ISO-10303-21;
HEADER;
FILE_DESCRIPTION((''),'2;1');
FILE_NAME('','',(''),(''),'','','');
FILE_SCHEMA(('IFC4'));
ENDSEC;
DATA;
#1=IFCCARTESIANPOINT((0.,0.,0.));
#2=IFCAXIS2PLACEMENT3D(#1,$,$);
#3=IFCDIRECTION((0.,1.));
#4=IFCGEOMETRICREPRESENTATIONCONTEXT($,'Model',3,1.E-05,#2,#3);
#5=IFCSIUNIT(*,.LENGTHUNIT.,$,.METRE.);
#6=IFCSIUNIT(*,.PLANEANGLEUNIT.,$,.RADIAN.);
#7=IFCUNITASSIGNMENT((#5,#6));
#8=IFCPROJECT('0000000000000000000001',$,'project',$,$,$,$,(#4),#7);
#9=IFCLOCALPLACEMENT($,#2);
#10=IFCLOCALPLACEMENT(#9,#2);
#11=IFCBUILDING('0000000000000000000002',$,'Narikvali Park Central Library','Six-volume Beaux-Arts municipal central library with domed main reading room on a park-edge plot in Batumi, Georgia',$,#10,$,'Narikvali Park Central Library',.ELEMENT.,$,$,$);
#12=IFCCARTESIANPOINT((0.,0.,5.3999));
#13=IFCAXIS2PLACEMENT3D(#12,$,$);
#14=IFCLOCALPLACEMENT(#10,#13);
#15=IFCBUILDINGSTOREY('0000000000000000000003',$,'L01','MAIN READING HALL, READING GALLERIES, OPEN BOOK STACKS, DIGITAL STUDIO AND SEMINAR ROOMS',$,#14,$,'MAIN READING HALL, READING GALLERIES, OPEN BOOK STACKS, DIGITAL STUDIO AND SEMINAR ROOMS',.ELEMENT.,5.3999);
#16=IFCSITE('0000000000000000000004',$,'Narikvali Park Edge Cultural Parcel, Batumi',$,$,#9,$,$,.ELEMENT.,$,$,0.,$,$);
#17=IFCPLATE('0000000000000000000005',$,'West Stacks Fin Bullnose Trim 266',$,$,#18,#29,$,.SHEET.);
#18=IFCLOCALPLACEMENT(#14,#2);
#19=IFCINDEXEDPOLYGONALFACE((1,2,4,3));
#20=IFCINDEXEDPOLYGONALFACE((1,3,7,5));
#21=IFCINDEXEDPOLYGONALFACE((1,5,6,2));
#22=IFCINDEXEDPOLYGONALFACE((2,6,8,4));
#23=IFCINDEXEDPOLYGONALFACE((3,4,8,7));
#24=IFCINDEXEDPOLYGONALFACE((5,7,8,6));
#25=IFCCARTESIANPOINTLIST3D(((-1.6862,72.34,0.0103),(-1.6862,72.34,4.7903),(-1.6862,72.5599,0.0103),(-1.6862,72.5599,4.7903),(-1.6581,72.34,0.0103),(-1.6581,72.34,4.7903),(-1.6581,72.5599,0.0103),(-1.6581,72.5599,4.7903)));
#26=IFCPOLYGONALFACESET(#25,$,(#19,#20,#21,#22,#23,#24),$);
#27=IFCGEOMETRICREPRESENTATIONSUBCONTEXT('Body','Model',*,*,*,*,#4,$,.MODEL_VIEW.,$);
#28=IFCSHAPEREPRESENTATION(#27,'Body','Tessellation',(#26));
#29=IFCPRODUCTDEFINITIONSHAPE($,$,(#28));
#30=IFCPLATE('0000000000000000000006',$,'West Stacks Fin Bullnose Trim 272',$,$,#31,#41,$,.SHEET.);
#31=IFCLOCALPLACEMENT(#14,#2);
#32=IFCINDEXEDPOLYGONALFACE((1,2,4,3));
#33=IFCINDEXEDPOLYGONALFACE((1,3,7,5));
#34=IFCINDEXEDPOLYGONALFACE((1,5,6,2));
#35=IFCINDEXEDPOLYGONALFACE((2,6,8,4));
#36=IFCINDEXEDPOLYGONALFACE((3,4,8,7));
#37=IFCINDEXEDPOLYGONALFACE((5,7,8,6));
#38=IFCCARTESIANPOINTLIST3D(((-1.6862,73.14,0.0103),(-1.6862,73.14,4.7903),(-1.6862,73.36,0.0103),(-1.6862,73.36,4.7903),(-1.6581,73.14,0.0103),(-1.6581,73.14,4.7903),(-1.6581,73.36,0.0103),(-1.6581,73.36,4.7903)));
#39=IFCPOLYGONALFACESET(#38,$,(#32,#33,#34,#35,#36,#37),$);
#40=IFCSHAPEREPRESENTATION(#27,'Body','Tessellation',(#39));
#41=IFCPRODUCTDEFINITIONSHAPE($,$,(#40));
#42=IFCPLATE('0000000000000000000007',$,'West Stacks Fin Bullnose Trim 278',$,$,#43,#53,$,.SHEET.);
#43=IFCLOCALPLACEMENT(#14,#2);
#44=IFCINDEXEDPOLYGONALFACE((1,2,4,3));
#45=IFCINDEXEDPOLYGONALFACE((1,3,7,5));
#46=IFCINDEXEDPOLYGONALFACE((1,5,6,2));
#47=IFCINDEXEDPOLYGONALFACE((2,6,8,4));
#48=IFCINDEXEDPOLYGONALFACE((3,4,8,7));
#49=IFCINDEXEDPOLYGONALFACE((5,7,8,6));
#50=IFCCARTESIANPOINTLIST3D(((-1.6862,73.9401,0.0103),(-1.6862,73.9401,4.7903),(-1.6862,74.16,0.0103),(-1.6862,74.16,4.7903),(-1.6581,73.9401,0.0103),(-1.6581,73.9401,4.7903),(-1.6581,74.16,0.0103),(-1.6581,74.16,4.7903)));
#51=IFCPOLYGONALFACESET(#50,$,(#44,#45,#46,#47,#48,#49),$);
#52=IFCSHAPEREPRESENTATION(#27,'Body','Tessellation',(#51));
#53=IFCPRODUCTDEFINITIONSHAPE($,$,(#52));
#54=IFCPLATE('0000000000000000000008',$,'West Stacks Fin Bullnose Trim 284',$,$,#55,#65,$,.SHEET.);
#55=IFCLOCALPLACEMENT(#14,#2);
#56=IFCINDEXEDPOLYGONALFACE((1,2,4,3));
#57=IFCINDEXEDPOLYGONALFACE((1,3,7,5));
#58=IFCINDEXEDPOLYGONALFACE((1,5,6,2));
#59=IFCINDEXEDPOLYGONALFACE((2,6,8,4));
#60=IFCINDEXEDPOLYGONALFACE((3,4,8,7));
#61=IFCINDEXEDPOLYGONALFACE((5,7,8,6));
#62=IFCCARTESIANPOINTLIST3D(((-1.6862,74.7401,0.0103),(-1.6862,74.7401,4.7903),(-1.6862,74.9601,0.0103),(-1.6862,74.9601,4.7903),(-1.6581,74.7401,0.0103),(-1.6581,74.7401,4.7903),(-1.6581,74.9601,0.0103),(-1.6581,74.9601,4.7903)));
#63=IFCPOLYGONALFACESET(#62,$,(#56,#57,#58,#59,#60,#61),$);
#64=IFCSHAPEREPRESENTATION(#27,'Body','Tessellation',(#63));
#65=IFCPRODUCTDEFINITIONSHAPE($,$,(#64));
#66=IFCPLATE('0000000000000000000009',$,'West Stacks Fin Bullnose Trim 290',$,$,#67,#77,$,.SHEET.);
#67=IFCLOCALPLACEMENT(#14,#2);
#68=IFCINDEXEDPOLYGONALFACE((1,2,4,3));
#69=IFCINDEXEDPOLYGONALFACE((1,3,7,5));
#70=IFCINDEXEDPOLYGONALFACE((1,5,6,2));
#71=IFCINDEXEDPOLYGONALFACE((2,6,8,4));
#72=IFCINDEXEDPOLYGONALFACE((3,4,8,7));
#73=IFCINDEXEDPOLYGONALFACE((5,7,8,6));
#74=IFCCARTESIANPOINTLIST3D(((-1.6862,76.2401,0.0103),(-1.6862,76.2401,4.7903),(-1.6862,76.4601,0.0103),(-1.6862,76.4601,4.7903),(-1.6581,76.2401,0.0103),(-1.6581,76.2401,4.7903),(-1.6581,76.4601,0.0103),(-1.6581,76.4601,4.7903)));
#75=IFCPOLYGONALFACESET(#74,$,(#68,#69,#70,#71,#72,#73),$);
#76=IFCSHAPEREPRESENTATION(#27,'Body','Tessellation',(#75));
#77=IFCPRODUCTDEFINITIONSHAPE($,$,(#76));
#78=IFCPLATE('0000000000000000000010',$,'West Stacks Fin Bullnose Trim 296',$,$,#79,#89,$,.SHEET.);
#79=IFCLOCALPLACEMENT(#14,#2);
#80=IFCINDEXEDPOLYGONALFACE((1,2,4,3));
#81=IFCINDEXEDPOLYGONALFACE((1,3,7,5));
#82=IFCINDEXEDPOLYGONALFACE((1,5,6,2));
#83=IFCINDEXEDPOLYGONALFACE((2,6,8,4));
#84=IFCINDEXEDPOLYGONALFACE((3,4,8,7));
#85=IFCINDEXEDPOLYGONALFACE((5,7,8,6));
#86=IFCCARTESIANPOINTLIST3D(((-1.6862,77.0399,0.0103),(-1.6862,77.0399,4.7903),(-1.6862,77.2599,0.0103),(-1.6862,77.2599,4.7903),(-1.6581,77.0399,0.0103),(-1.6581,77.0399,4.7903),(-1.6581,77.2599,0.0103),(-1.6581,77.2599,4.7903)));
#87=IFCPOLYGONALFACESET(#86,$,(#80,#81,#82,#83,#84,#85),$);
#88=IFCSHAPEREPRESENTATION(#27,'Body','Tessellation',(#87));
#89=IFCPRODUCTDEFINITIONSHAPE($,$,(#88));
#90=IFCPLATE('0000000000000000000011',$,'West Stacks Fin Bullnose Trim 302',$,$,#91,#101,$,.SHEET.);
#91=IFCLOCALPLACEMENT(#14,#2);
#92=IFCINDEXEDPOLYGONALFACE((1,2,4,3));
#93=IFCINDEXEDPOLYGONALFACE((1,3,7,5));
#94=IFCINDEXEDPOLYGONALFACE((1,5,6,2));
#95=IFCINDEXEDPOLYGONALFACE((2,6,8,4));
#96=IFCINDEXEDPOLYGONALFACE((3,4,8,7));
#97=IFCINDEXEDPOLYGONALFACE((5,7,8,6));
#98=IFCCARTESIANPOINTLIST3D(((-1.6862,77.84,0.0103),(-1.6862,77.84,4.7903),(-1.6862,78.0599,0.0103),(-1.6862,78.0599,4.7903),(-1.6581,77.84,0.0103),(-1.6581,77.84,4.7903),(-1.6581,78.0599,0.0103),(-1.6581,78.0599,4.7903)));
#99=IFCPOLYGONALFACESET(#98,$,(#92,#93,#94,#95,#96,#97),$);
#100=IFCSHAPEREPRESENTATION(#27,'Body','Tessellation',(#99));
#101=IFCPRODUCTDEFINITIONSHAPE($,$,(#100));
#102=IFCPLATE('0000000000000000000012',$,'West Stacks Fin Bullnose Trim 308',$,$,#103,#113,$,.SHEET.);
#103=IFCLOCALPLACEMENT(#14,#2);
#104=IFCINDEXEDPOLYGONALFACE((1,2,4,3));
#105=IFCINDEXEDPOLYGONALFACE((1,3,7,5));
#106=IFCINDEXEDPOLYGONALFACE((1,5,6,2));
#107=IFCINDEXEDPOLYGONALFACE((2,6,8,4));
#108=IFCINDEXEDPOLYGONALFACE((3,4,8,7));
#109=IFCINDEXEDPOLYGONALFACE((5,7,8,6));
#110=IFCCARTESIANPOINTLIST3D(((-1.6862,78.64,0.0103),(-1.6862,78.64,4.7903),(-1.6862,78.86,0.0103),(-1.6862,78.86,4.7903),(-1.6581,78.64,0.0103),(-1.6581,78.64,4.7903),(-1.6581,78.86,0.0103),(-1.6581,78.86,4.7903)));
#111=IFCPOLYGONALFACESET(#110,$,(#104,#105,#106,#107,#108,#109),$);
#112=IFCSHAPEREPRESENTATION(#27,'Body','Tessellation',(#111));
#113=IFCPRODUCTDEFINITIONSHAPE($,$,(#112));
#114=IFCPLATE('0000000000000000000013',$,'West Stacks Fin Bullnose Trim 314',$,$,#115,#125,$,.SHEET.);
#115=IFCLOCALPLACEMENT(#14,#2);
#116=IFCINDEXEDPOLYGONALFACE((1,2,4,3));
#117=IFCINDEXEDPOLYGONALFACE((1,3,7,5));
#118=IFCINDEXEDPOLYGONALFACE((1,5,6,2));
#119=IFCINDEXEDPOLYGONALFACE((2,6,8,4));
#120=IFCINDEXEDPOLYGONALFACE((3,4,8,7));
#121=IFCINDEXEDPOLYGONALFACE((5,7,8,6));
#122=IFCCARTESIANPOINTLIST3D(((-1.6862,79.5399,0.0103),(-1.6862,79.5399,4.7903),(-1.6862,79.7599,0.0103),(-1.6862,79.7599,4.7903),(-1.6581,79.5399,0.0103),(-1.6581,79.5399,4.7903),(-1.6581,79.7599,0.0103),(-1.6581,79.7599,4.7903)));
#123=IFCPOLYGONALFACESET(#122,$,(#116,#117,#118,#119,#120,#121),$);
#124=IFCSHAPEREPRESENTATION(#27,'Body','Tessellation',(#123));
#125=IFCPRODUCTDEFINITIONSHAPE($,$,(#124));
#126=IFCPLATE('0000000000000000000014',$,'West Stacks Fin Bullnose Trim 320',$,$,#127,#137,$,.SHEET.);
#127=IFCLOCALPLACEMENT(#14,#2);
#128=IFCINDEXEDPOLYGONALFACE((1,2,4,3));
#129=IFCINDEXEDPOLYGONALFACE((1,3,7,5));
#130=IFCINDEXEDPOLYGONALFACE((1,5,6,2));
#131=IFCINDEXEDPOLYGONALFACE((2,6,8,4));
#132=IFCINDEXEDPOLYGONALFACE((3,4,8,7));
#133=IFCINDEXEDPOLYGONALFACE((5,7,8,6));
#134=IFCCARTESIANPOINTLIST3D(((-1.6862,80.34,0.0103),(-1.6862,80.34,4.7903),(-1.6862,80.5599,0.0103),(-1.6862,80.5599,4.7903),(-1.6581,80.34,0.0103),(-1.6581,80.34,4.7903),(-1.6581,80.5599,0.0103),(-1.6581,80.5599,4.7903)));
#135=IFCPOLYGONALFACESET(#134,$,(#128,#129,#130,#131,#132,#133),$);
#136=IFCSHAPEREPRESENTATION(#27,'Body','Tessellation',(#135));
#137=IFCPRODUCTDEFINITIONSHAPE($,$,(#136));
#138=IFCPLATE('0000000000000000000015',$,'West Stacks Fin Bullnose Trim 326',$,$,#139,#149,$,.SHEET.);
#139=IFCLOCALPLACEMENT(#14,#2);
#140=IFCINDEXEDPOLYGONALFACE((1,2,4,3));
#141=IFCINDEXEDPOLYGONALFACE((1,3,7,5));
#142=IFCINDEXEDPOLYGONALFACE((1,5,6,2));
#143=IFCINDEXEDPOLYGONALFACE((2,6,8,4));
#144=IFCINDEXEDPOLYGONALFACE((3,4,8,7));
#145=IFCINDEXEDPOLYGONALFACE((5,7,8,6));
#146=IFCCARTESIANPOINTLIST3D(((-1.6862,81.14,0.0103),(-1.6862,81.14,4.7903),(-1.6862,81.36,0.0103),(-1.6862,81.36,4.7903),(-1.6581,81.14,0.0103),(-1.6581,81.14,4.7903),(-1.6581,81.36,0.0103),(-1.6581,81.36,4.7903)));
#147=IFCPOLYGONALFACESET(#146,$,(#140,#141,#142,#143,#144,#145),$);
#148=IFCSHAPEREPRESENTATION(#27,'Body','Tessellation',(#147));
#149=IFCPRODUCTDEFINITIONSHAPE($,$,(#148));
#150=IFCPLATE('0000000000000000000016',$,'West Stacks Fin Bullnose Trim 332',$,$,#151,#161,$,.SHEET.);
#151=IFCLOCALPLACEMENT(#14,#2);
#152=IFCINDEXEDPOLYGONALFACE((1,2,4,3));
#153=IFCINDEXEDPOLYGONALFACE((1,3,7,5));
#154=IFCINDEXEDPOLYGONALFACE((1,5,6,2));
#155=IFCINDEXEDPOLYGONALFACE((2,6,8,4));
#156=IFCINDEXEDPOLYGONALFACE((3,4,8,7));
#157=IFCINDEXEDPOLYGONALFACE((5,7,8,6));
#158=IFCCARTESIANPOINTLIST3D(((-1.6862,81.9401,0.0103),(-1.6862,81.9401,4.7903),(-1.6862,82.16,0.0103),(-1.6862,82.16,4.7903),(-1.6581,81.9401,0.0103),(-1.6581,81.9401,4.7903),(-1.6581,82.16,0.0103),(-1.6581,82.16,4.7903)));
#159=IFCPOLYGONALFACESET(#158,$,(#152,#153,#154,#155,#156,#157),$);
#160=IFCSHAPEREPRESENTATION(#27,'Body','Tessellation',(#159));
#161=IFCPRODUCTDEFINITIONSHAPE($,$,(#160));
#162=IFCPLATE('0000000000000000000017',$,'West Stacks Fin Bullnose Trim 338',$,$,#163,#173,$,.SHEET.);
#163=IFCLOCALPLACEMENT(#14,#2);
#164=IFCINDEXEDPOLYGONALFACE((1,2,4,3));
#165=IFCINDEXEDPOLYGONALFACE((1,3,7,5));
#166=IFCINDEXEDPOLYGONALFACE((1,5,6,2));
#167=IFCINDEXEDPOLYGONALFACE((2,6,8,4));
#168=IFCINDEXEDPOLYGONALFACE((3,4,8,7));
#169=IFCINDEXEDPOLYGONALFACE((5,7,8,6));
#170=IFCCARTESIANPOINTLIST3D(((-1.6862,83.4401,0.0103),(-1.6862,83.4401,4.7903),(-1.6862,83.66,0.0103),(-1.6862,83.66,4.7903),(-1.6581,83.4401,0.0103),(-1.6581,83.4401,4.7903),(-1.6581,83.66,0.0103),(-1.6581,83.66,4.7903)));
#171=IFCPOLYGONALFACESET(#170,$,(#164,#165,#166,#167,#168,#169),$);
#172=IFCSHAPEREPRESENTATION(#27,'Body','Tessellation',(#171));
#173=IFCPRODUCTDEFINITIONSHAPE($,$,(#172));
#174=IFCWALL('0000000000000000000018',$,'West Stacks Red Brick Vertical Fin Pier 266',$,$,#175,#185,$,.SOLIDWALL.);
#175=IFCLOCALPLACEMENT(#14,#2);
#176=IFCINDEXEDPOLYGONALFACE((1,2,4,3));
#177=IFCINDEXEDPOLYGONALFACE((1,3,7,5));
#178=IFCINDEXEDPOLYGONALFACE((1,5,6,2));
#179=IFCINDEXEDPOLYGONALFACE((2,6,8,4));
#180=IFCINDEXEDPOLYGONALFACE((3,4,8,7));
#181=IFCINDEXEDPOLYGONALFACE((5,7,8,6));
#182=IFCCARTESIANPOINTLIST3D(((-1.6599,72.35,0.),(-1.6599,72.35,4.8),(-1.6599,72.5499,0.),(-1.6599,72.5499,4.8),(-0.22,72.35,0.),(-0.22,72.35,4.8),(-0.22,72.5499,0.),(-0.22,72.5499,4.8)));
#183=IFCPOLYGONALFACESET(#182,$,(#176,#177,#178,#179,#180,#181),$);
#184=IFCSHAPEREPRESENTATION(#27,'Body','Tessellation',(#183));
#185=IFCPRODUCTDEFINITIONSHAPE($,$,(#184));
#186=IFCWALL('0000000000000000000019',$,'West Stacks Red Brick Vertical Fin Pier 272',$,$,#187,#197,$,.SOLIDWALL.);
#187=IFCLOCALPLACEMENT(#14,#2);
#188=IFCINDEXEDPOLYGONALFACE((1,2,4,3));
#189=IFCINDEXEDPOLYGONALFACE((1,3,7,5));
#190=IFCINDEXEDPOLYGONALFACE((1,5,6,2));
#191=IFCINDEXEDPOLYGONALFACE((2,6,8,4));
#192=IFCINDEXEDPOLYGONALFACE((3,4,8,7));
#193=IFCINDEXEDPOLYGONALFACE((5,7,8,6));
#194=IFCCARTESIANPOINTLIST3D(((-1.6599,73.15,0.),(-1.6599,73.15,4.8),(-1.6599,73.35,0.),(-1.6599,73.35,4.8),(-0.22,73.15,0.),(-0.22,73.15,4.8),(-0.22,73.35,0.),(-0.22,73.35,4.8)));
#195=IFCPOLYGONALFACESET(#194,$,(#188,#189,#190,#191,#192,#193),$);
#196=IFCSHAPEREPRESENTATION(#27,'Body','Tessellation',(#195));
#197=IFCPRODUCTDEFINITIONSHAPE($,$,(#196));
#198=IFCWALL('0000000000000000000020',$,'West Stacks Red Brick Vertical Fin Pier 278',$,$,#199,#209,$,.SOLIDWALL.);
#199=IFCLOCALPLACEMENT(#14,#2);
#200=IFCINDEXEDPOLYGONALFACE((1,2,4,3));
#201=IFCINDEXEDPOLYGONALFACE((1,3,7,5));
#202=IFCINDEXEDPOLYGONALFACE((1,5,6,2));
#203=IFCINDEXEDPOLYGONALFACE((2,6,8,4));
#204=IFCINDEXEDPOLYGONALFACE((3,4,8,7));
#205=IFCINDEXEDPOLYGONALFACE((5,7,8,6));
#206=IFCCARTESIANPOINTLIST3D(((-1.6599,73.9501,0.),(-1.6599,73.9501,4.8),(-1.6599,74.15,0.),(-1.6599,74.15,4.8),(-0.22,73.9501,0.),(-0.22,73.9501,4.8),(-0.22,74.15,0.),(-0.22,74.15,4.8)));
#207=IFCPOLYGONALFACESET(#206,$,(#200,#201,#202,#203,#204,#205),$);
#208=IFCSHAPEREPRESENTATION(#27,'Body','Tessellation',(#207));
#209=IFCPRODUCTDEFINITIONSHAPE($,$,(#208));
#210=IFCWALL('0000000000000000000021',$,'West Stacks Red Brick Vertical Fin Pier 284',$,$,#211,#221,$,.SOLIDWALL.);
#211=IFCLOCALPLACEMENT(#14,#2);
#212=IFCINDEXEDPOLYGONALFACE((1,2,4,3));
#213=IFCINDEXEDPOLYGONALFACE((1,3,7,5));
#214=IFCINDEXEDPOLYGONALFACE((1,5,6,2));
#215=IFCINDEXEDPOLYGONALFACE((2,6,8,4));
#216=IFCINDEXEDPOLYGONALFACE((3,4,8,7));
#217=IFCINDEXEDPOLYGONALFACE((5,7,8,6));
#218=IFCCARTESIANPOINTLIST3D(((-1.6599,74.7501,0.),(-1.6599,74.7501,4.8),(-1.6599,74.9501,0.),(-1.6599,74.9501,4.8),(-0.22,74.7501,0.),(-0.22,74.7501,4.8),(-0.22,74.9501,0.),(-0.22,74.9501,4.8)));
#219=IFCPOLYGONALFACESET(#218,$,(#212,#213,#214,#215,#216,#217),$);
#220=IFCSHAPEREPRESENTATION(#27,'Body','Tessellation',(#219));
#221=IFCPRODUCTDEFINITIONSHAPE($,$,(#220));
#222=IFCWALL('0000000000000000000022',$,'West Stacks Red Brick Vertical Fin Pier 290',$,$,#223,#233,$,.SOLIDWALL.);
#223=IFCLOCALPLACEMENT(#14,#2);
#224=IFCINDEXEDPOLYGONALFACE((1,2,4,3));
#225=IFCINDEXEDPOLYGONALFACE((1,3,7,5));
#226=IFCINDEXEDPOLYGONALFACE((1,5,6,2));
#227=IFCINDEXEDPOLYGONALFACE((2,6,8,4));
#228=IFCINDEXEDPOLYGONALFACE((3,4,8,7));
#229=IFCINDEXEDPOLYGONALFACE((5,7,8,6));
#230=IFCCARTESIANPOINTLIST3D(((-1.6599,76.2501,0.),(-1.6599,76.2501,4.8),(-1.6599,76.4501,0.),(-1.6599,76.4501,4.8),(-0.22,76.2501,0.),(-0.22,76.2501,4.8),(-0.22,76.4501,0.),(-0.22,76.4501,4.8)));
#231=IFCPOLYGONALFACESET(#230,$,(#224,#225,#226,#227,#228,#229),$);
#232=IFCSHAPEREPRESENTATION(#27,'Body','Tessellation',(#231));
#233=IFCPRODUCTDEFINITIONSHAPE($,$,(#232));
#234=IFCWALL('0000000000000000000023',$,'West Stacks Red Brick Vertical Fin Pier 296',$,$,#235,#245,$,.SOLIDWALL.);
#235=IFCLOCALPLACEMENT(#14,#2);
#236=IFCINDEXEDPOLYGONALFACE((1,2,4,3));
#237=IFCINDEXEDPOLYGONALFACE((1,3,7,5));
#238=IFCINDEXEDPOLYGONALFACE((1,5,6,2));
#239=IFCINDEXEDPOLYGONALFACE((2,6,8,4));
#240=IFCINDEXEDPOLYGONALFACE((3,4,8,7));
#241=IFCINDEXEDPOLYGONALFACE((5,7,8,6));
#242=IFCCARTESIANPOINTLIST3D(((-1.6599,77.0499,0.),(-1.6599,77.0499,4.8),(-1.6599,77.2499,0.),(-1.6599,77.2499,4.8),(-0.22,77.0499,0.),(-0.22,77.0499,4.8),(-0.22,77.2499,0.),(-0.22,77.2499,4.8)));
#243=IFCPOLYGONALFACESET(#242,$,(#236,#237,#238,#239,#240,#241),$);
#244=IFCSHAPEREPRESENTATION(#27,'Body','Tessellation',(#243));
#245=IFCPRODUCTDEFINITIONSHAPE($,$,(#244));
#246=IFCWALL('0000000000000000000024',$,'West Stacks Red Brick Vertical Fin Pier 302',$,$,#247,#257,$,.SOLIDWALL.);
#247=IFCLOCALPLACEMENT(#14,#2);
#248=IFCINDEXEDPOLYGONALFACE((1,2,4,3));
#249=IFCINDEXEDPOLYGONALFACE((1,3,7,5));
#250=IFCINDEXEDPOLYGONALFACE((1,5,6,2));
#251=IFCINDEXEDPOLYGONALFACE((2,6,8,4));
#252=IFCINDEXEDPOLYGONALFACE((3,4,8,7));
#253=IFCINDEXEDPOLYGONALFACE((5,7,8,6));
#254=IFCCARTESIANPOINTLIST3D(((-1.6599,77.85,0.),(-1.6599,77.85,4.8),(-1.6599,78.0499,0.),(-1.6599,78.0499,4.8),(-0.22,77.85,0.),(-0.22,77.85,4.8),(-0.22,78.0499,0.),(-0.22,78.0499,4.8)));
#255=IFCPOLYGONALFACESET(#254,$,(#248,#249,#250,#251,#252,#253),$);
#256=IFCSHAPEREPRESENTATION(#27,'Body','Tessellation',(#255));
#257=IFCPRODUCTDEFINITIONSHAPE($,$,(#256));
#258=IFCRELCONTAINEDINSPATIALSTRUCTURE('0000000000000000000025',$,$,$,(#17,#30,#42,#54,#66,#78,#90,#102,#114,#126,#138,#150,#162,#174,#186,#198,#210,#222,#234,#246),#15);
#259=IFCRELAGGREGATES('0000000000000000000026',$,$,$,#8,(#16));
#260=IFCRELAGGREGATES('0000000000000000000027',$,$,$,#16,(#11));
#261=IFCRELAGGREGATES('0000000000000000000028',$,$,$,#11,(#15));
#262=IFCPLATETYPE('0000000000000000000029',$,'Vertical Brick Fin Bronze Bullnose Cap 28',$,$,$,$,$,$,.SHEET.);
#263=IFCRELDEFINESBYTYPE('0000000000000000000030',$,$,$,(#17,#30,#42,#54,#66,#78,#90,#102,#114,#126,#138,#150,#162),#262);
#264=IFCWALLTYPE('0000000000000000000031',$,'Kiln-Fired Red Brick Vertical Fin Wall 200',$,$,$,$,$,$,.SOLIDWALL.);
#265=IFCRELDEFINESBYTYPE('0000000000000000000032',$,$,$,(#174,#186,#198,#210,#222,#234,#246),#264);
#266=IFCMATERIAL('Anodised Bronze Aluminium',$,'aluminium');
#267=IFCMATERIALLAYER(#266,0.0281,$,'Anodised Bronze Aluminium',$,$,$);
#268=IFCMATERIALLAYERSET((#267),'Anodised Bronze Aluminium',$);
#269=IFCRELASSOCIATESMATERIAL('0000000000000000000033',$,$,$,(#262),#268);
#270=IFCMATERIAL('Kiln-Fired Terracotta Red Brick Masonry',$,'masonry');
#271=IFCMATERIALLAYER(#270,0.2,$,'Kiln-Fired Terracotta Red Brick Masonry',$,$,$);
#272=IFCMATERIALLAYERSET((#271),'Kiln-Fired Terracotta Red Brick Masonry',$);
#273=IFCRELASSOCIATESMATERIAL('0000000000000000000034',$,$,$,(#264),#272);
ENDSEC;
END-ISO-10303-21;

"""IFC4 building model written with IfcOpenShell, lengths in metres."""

from ifc_helpers import new_model, si_unit, direction, frame, frame_2d, origin, origin_2d, place, context, subcontext, project, spatial, rectangle, extrude, material, layer, layer_set, type_object, element, save


model = new_model("IFC4")

# Units and contexts
model_context = context("Model", 3, precision=1e-05, world=origin(), true_north=direction((0.0, 1.0)))
body_context = subcontext(model_context, "Body", "Model", "MODEL_VIEW")
ifc_project = project(units=[si_unit("LENGTHUNIT", "METRE"), si_unit("PLANEANGLEUNIT", "RADIAN")], contexts=[model_context])

# Site, building, storey
site_placement = place(None, origin())
site = spatial("IfcSite", under=ifc_project, at=site_placement, Name="Narikvali Park Edge Cultural Parcel, Batumi", CompositionType="ELEMENT", RefElevation=0.0)
building_placement = place(site_placement, origin())
building = spatial("IfcBuilding", under=site, at=building_placement, Name="Narikvali Park Central Library", Description="Six-volume Beaux-Arts municipal central library with domed main reading room on a park-edge plot in Batumi, Georgia", LongName="Narikvali Park Central Library", CompositionType="ELEMENT")
storey_placement = place(building_placement, frame((0.0, 0.0, 5.3999)))
storey = spatial("IfcBuildingStorey", under=building, at=storey_placement, Name="L01", Description="MAIN READING HALL, READING GALLERIES, OPEN BOOK STACKS, DIGITAL STUDIO AND SEMINAR ROOMS", LongName="MAIN READING HALL, READING GALLERIES, OPEN BOOK STACKS, DIGITAL STUDIO AND SEMINAR ROOMS", CompositionType="ELEMENT", Elevation=5.3999)

# Plates
ifc_material_1 = material(Name="Anodised Bronze Aluminium", Category="aluminium")
ifc_layer_1 = layer(ifc_material_1, 0.0281, Name="Anodised Bronze Aluminium")
ifc_layer_set_1 = layer_set([ifc_layer_1], Name="Anodised Bronze Aluminium")
plate_type = type_object("IfcPlateType", Name="Vertical Brick Fin Bronze Bullnose Cap 28", PredefinedType="SHEET", material=ifc_layer_set_1)
for number, where, z_axis, x_axis, name in (
    (1, (-1.6721, 72.45, 0.0103), (0.0, 0.0, 1.0), (1.0, 0.0, 0.0), "West Stacks Fin Bullnose Trim 266"),
    (2, (-1.6721, 73.25, 0.0103), (0.0, 0.0, 1.0), (1.0, 0.0, 0.0), "West Stacks Fin Bullnose Trim 272"),
    (3, (-1.6721, 74.05, 0.0103), (0.0, 0.0, 1.0), (1.0, 0.0, 0.0), "West Stacks Fin Bullnose Trim 278"),
    (4, (-1.6721, 74.8501, 0.0103), (0.0, 0.0, 1.0), (1.0, 0.0, 0.0), "West Stacks Fin Bullnose Trim 284"),
    (5, (-1.6721, 76.3501, 0.0103), (0.0, 0.0, 1.0), (1.0, 0.0, 0.0), "West Stacks Fin Bullnose Trim 290"),
    (6, (-1.6721, 77.1499, 0.0103), (0.0, 0.0, 1.0), (1.0, 0.0, 0.0), "West Stacks Fin Bullnose Trim 296"),
    (7, (-1.6721, 77.95, 0.0103), (0.0, 0.0, 1.0), (1.0, 0.0, 0.0), "West Stacks Fin Bullnose Trim 302"),
    (8, (-1.6721, 78.75, 0.0103), (0.0, 0.0, 1.0), (1.0, 0.0, 0.0), "West Stacks Fin Bullnose Trim 308"),
    (9, (-1.6721, 79.6499, 0.0103), (0.0, 0.0, 1.0), (1.0, 0.0, 0.0), "West Stacks Fin Bullnose Trim 314"),
    (10, (-1.6721, 80.45, 0.0103), (0.0, 0.0, 1.0), (1.0, 0.0, 0.0), "West Stacks Fin Bullnose Trim 320"),
    (11, (-1.6721, 81.25, 0.0103), (0.0, 0.0, 1.0), (1.0, 0.0, 0.0), "West Stacks Fin Bullnose Trim 326"),
    (12, (-1.6721, 82.05, 0.0103), (0.0, 0.0, 1.0), (1.0, 0.0, 0.0), "West Stacks Fin Bullnose Trim 332"),
    (13, (-1.6721, 83.55, 0.0103), (0.0, 0.0, 1.0), (1.0, 0.0, 0.0), "West Stacks Fin Bullnose Trim 338"),
):
    element("IfcPlate", number, at=place(storey_placement, frame(where, z_axis=z_axis, x_axis=x_axis)), inside=storey, type_object=plate_type, Name=name, PredefinedType="SHEET", context=body_context, shape_type="SweptSolid", body=[
        extrude(rectangle(XDim=0.0281, YDim=0.22, at=origin_2d()), origin(), (0.0, 0.0, 1.0), 4.78),
    ])

# Walls
ifc_material_2 = material(Name="Kiln-Fired Terracotta Red Brick Masonry", Category="masonry")
ifc_layer_2 = layer(ifc_material_2, 0.2, Name="Kiln-Fired Terracotta Red Brick Masonry")
ifc_layer_set_2 = layer_set([ifc_layer_2], Name="Kiln-Fired Terracotta Red Brick Masonry")
wall_type = type_object("IfcWallType", Name="Kiln-Fired Red Brick Vertical Fin Wall 200", PredefinedType="SOLIDWALL", material=ifc_layer_set_2)
for number, where, z_axis, x_axis, name in (
    (14, (-1.6599, 72.45, 0.0), (0.0, 0.0, 1.0), (1.0, 0.0, 0.0), "West Stacks Red Brick Vertical Fin Pier 266"),
    (15, (-1.6599, 73.25, 0.0), (0.0, 0.0, 1.0), (1.0, 0.0, 0.0), "West Stacks Red Brick Vertical Fin Pier 272"),
    (16, (-1.6599, 74.05, 0.0), (0.0, 0.0, 1.0), (1.0, 0.0, 0.0), "West Stacks Red Brick Vertical Fin Pier 278"),
    (17, (-1.6599, 74.8501, 0.0), (0.0, 0.0, 1.0), (1.0, 0.0, 0.0), "West Stacks Red Brick Vertical Fin Pier 284"),
    (18, (-1.6599, 76.3501, 0.0), (0.0, 0.0, 1.0), (1.0, 0.0, 0.0), "West Stacks Red Brick Vertical Fin Pier 290"),
    (19, (-1.6599, 77.1499, 0.0), (0.0, 0.0, 1.0), (1.0, 0.0, 0.0), "West Stacks Red Brick Vertical Fin Pier 296"),
    (20, (-1.6599, 77.95, 0.0), (0.0, 0.0, 1.0), (1.0, 0.0, 0.0), "West Stacks Red Brick Vertical Fin Pier 302"),
):
    element("IfcWall", number, at=place(storey_placement, frame(where, z_axis=z_axis, x_axis=x_axis)), inside=storey, type_object=wall_type, Name=name, PredefinedType="SOLIDWALL", context=body_context, shape_type="SweptSolid", body=[
        extrude(rectangle(XDim=1.4399, YDim=0.2, at=frame_2d((0.72, 0.0))), origin(), (0.0, 0.0, 1.0), 4.8),
    ])

save(model, "model.ifc")
